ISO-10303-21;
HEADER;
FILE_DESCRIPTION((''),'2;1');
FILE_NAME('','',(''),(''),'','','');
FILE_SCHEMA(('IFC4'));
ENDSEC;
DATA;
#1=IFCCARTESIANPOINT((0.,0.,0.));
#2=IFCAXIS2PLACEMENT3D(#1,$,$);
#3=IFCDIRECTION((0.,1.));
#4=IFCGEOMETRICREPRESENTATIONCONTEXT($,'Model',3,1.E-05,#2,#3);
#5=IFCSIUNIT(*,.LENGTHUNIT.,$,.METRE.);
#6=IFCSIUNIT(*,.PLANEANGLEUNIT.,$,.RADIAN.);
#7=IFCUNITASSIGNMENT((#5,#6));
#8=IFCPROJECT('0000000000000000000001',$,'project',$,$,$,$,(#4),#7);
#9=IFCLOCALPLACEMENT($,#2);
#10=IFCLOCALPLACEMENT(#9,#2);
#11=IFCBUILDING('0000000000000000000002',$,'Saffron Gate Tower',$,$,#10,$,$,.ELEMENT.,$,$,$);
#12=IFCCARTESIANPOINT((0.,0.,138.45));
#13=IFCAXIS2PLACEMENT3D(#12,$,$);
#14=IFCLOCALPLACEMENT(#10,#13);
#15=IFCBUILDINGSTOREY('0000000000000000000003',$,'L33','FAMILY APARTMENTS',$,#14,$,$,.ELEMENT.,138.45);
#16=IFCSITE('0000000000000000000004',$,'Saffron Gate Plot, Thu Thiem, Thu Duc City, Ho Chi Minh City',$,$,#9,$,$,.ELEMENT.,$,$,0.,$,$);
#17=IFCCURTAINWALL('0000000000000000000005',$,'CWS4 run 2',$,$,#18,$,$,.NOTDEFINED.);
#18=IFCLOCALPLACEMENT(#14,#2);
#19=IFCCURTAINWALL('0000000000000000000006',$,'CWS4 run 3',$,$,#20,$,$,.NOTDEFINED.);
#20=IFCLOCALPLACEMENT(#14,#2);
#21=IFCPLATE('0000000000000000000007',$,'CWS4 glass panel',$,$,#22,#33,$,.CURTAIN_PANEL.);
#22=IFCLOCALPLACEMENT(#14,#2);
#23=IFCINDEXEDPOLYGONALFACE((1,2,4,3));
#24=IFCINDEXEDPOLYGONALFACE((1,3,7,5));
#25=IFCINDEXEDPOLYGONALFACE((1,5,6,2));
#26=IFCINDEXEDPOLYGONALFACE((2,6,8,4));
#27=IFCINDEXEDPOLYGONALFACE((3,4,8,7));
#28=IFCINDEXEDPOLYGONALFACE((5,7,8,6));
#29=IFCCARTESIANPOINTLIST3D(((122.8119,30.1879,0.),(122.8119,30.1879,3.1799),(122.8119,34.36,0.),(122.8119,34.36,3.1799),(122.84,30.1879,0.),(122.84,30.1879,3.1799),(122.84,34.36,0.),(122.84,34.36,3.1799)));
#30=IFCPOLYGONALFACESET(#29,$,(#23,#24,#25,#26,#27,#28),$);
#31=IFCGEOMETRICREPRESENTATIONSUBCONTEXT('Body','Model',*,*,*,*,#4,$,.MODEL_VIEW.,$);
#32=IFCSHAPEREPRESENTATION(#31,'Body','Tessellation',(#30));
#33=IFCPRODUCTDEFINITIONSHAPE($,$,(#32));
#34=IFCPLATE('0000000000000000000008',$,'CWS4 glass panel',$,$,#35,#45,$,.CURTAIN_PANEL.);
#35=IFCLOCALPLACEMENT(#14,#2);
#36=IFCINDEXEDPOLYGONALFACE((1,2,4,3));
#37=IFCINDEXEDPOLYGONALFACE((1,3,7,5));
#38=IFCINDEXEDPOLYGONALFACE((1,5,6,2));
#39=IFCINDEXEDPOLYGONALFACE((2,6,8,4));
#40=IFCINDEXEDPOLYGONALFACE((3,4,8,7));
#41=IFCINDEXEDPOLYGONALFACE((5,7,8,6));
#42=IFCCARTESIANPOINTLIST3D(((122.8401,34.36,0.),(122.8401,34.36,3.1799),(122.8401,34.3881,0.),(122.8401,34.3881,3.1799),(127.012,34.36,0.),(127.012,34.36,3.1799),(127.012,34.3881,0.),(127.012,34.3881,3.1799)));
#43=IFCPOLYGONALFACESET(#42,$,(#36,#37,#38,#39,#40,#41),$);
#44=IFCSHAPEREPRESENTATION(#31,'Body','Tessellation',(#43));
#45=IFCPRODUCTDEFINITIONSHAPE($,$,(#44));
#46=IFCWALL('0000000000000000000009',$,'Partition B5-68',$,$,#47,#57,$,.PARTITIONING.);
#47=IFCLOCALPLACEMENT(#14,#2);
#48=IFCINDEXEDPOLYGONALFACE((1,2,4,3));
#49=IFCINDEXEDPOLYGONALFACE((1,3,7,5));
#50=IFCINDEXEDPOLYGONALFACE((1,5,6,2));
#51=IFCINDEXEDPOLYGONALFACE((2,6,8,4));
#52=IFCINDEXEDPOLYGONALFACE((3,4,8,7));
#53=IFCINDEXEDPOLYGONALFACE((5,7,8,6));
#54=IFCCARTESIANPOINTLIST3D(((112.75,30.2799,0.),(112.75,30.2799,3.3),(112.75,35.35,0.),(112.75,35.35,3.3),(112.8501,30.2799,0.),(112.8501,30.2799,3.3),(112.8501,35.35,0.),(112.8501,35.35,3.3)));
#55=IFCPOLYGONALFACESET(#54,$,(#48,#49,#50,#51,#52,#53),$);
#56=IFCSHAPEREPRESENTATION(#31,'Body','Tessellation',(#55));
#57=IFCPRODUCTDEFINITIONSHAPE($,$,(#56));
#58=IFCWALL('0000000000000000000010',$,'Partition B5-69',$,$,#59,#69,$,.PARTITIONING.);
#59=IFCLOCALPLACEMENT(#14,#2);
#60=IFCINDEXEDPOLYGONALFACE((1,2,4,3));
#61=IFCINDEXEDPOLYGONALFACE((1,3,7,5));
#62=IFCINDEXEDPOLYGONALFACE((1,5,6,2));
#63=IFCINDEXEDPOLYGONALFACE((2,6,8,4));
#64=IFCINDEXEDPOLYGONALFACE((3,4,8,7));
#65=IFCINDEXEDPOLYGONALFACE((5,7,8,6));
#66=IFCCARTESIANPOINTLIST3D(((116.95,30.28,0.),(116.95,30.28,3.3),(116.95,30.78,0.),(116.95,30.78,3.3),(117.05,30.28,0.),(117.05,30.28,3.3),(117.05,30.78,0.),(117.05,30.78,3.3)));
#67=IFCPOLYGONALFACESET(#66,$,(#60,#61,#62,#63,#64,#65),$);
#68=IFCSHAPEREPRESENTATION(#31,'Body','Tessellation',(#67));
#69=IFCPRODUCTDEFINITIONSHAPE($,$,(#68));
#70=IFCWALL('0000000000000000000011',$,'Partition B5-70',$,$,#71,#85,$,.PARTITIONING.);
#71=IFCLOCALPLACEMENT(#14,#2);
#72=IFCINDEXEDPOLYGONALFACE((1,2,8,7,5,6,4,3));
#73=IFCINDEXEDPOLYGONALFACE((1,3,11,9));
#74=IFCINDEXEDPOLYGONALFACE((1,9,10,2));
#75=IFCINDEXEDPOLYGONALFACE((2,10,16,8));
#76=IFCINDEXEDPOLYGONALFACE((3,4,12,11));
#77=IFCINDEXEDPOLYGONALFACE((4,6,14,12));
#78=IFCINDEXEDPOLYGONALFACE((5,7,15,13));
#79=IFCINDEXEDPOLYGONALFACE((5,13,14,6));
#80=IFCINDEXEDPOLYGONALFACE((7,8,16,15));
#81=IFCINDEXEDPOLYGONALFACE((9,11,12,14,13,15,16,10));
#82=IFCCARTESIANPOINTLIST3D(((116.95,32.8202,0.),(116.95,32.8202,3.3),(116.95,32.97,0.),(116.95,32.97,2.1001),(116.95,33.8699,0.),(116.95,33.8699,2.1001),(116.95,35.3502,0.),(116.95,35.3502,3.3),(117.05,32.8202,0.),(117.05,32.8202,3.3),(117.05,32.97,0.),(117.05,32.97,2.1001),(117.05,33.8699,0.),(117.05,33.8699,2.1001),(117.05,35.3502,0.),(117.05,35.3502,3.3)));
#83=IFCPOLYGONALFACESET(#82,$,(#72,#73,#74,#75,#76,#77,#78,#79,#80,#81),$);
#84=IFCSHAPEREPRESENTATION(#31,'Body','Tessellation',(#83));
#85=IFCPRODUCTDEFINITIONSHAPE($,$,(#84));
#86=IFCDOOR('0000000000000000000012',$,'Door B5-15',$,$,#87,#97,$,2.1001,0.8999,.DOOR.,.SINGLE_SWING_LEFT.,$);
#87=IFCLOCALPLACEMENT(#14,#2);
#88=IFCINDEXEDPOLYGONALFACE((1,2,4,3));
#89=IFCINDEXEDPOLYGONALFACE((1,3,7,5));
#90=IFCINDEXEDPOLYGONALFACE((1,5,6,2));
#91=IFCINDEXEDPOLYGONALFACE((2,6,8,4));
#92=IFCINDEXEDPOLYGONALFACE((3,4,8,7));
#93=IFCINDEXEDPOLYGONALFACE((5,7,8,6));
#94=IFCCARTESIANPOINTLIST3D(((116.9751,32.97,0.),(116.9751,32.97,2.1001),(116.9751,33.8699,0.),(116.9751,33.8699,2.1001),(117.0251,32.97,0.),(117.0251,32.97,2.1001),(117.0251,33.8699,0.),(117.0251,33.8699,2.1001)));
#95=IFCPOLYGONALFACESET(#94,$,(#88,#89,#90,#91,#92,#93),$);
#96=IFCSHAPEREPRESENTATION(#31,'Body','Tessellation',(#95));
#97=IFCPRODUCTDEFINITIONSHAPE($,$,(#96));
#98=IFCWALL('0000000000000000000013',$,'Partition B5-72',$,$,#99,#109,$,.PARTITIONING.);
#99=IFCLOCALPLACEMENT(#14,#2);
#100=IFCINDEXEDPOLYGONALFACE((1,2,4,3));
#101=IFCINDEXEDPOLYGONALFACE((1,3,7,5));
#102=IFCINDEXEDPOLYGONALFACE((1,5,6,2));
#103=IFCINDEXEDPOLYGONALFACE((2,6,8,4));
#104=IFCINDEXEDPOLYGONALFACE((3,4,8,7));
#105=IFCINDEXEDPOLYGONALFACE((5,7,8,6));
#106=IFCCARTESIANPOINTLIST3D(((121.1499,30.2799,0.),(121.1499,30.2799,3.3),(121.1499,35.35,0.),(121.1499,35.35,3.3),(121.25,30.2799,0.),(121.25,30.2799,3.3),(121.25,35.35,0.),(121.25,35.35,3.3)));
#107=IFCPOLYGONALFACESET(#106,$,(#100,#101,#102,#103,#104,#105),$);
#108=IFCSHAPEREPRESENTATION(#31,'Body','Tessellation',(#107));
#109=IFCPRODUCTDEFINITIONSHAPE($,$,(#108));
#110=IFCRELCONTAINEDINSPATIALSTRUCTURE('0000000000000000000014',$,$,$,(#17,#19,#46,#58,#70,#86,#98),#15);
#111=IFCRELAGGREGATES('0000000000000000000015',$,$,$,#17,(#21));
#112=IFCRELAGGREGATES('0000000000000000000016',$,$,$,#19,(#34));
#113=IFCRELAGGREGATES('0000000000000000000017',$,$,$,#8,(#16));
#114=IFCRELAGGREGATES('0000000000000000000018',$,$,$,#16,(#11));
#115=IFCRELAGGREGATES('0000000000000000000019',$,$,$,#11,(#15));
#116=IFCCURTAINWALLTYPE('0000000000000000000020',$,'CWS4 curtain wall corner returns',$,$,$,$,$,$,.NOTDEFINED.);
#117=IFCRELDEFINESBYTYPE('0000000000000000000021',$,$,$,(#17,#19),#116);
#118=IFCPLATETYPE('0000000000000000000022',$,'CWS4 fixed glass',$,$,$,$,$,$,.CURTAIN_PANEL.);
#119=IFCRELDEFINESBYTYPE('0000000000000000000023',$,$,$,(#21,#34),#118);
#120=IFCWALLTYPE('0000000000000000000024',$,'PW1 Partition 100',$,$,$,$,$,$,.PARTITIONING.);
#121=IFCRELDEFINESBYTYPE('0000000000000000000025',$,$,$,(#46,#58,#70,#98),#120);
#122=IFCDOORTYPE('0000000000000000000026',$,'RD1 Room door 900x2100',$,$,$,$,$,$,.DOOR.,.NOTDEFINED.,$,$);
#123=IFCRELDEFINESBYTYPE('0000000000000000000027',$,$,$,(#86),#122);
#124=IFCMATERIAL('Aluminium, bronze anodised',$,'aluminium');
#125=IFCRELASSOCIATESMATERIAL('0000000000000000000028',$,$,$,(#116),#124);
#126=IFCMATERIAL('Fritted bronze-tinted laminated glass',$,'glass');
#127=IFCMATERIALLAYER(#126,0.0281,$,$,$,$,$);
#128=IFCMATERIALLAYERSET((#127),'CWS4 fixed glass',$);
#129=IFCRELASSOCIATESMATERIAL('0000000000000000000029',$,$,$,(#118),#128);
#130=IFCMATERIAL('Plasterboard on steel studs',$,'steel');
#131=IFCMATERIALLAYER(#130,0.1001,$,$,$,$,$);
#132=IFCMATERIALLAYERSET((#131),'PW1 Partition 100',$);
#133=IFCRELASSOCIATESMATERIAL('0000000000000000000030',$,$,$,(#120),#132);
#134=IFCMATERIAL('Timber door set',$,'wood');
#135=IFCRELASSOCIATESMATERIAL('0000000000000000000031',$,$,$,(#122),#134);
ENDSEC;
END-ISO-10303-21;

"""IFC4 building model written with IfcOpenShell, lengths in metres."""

from ifc_helpers import new_model, si_unit, direction, frame, frame_2d, origin, place, context, subcontext, project, spatial, rectangle, extrude, material, layer, layer_set, type_object, element, fill, aggregate, save


model = new_model("IFC4")

# Units and contexts
model_context = context("Model", 3, precision=1e-05, world=origin(), true_north=direction((0.0, 1.0)))
body_context = subcontext(model_context, "Body", "Model", "MODEL_VIEW")
ifc_project = project(units=[si_unit("LENGTHUNIT", "METRE"), si_unit("PLANEANGLEUNIT", "RADIAN")], contexts=[model_context])

# Site, building, storey
site_placement = place(None, origin())
site = spatial("IfcSite", under=ifc_project, at=site_placement, Name="Saffron Gate Plot, Thu Thiem, Thu Duc City, Ho Chi Minh City", CompositionType="ELEMENT", RefElevation=0.0)
building_placement = place(site_placement, origin())
building = spatial("IfcBuilding", under=site, at=building_placement, Name="Saffron Gate Tower", CompositionType="ELEMENT")
storey_placement = place(building_placement, frame((0.0, 0.0, 138.45)))
storey = spatial("IfcBuildingStorey", under=building, at=storey_placement, Name="L33", Description="FAMILY APARTMENTS", CompositionType="ELEMENT", Elevation=138.45)

# Shared definitions
ifc_material_1 = material(Name="Aluminium, bronze anodised", Category="aluminium")

# Curtain walls
curtain_wall_type_1 = type_object("IfcCurtainWallType", Name="CWS4 curtain wall corner returns", PredefinedType="NOTDEFINED", material=ifc_material_1)
curtain_wall_1_placement = place(storey_placement, origin())
curtain_wall_1 = element("IfcCurtainWall", 1, at=curtain_wall_1_placement, inside=storey, type_object=curtain_wall_type_1, Name="CWS4 run 2", PredefinedType="NOTDEFINED")
curtain_wall_2_placement = place(storey_placement, origin())
curtain_wall_2 = element("IfcCurtainWall", 2, at=curtain_wall_2_placement, inside=storey, type_object=curtain_wall_type_1, Name="CWS4 run 3", PredefinedType="NOTDEFINED")

# Shared definitions
ifc_material_2 = material(Name="Fritted bronze-tinted laminated glass", Category="glass")

# Plates
ifc_layer_1 = layer(ifc_material_2, 0.0281)
ifc_layer_set_1 = layer_set([ifc_layer_1], Name="CWS4 fixed glass")
plate_type_1 = type_object("IfcPlateType", Name="CWS4 fixed glass", PredefinedType="CURTAIN_PANEL", material=ifc_layer_set_1)
plate_1_placement = place(storey_placement, frame((122.8259, 30.188, 0.0), z_axis=(0.0, 0.0, 1.0), x_axis=(0.0, 1.0, 0.0)))
plate_1 = element("IfcPlate", 3, at=plate_1_placement, type_object=plate_type_1, Name="CWS4 glass panel", PredefinedType="CURTAIN_PANEL", context=body_context, shape_type="SweptSolid", body=[
    extrude(rectangle(XDim=4.1721, YDim=0.0281, at=frame_2d((2.0859, 0.0))), origin(), (0.0, 0.0, 1.0), 3.1799),
])
aggregate(curtain_wall_1, [plate_1])
plate_2_placement = place(storey_placement, frame((122.8401, 34.374, 0.0), z_axis=(0.0, 0.0, 1.0), x_axis=(1.0, 0.0, 0.0)))
plate_2 = element("IfcPlate", 4, at=plate_2_placement, type_object=plate_type_1, Name="CWS4 glass panel", PredefinedType="CURTAIN_PANEL", context=body_context, shape_type="SweptSolid", body=[
    extrude(rectangle(XDim=4.1719, YDim=0.0281, at=frame_2d((2.0859, 0.0))), origin(), (0.0, 0.0, 1.0), 3.1799),
])
aggregate(curtain_wall_2, [plate_2])

# Walls
ifc_material_3 = material(Name="Plasterboard on steel studs", Category="steel")
ifc_layer_2 = layer(ifc_material_3, 0.1001)
ifc_layer_set_2 = layer_set([ifc_layer_2], Name="PW1 Partition 100")
wall_type = type_object("IfcWallType", Name="PW1 Partition 100", PredefinedType="PARTITIONING", material=ifc_layer_set_2)
wall_1_placement = place(storey_placement, frame((112.8, 35.3501, 0.0), z_axis=(0.0, 0.0, 1.0), x_axis=(0.0, -1.0, 0.0)))
element("IfcWall", 5, at=wall_1_placement, inside=storey, type_object=wall_type, Name="Partition B5-68", PredefinedType="PARTITIONING", context=body_context, shape_type="SweptSolid", body=[
    extrude(rectangle(XDim=5.0701, YDim=0.1001, at=frame_2d((2.5352, 0.0))), origin(), (0.0, 0.0, 1.0), 3.3),
])
wall_2_placement = place(storey_placement, frame((117.0, 30.78, 0.0), z_axis=(0.0, 0.0, 1.0), x_axis=(0.0, -1.0, 0.0)))
element("IfcWall", 6, at=wall_2_placement, inside=storey, type_object=wall_type, Name="Partition B5-69", PredefinedType="PARTITIONING", context=body_context, shape_type="SweptSolid", body=[
    extrude(rectangle(XDim=0.5, YDim=0.1001, at=frame_2d((0.25, 0.0))), origin(), (0.0, 0.0, 1.0), 3.3),
])

# Wall, opening, door
wall_3_placement = place(storey_placement, frame((117.0, 32.8201, 0.0), z_axis=(0.0, 0.0, 1.0), x_axis=(0.0, 1.0, 0.0)))
wall_3 = element("IfcWall", 7, at=wall_3_placement, inside=storey, type_object=wall_type, Name="Partition B5-70", PredefinedType="PARTITIONING", context=body_context, shape_type="SweptSolid", body=[
    extrude(rectangle(XDim=2.53, YDim=0.1001, at=frame_2d((1.2651, 0.0))), origin(), (0.0, 0.0, 1.0), 3.3),
])
opening_1_placement = place(wall_3_placement, frame((0.1499, 0.0, 0.0)))
opening_1 = element("IfcOpeningElement", 8, at=opening_1_placement, cuts=wall_3, PredefinedType="OPENING", context=body_context, shape_type="SweptSolid", body=[
    extrude(rectangle(XDim=0.8999, YDim=2.1001, at=frame_2d((0.45, 1.05))), frame((0.0, 0.0601, 0.0), z_axis=(0.0, -1.0, 0.0), x_axis=(1.0, 0.0, 0.0)), (0.0, 0.0, 1.0), 0.1201),
])
ifc_material_4 = material(Name="Timber door set", Category="wood")
door_type = type_object("IfcDoorType", Name="RD1 Room door 900x2100", OperationType="NOTDEFINED", PredefinedType="DOOR", material=ifc_material_4)
door_placement = place(opening_1_placement, origin())
door = element("IfcDoor", 9, at=door_placement, inside=storey, type_object=door_type, Name="Door B5-15", OperationType="SINGLE_SWING_LEFT", OverallHeight=2.1001, OverallWidth=0.8999, PredefinedType="DOOR", context=body_context, shape_type="SweptSolid", body=[
    extrude(rectangle(XDim=0.8999, YDim=2.1001, at=frame_2d((0.45, 1.05))), frame((0.0, 0.0249, 0.0), z_axis=(0.0, -1.0, 0.0), x_axis=(1.0, 0.0, 0.0)), (0.0, 0.0, 1.0), 0.05),
])
fill(opening_1, door)

# Wall
wall_4_placement = place(storey_placement, frame((121.2, 35.3501, 0.0), z_axis=(0.0, 0.0, 1.0), x_axis=(0.0, -1.0, 0.0)))
element("IfcWall", 10, at=wall_4_placement, inside=storey, type_object=wall_type, Name="Partition B5-72", PredefinedType="PARTITIONING", context=body_context, shape_type="SweptSolid", body=[
    extrude(rectangle(XDim=5.0701, YDim=0.1001, at=frame_2d((2.5352, 0.0))), origin(), (0.0, 0.0, 1.0), 3.3),
])

save(model, "model.ifc")
